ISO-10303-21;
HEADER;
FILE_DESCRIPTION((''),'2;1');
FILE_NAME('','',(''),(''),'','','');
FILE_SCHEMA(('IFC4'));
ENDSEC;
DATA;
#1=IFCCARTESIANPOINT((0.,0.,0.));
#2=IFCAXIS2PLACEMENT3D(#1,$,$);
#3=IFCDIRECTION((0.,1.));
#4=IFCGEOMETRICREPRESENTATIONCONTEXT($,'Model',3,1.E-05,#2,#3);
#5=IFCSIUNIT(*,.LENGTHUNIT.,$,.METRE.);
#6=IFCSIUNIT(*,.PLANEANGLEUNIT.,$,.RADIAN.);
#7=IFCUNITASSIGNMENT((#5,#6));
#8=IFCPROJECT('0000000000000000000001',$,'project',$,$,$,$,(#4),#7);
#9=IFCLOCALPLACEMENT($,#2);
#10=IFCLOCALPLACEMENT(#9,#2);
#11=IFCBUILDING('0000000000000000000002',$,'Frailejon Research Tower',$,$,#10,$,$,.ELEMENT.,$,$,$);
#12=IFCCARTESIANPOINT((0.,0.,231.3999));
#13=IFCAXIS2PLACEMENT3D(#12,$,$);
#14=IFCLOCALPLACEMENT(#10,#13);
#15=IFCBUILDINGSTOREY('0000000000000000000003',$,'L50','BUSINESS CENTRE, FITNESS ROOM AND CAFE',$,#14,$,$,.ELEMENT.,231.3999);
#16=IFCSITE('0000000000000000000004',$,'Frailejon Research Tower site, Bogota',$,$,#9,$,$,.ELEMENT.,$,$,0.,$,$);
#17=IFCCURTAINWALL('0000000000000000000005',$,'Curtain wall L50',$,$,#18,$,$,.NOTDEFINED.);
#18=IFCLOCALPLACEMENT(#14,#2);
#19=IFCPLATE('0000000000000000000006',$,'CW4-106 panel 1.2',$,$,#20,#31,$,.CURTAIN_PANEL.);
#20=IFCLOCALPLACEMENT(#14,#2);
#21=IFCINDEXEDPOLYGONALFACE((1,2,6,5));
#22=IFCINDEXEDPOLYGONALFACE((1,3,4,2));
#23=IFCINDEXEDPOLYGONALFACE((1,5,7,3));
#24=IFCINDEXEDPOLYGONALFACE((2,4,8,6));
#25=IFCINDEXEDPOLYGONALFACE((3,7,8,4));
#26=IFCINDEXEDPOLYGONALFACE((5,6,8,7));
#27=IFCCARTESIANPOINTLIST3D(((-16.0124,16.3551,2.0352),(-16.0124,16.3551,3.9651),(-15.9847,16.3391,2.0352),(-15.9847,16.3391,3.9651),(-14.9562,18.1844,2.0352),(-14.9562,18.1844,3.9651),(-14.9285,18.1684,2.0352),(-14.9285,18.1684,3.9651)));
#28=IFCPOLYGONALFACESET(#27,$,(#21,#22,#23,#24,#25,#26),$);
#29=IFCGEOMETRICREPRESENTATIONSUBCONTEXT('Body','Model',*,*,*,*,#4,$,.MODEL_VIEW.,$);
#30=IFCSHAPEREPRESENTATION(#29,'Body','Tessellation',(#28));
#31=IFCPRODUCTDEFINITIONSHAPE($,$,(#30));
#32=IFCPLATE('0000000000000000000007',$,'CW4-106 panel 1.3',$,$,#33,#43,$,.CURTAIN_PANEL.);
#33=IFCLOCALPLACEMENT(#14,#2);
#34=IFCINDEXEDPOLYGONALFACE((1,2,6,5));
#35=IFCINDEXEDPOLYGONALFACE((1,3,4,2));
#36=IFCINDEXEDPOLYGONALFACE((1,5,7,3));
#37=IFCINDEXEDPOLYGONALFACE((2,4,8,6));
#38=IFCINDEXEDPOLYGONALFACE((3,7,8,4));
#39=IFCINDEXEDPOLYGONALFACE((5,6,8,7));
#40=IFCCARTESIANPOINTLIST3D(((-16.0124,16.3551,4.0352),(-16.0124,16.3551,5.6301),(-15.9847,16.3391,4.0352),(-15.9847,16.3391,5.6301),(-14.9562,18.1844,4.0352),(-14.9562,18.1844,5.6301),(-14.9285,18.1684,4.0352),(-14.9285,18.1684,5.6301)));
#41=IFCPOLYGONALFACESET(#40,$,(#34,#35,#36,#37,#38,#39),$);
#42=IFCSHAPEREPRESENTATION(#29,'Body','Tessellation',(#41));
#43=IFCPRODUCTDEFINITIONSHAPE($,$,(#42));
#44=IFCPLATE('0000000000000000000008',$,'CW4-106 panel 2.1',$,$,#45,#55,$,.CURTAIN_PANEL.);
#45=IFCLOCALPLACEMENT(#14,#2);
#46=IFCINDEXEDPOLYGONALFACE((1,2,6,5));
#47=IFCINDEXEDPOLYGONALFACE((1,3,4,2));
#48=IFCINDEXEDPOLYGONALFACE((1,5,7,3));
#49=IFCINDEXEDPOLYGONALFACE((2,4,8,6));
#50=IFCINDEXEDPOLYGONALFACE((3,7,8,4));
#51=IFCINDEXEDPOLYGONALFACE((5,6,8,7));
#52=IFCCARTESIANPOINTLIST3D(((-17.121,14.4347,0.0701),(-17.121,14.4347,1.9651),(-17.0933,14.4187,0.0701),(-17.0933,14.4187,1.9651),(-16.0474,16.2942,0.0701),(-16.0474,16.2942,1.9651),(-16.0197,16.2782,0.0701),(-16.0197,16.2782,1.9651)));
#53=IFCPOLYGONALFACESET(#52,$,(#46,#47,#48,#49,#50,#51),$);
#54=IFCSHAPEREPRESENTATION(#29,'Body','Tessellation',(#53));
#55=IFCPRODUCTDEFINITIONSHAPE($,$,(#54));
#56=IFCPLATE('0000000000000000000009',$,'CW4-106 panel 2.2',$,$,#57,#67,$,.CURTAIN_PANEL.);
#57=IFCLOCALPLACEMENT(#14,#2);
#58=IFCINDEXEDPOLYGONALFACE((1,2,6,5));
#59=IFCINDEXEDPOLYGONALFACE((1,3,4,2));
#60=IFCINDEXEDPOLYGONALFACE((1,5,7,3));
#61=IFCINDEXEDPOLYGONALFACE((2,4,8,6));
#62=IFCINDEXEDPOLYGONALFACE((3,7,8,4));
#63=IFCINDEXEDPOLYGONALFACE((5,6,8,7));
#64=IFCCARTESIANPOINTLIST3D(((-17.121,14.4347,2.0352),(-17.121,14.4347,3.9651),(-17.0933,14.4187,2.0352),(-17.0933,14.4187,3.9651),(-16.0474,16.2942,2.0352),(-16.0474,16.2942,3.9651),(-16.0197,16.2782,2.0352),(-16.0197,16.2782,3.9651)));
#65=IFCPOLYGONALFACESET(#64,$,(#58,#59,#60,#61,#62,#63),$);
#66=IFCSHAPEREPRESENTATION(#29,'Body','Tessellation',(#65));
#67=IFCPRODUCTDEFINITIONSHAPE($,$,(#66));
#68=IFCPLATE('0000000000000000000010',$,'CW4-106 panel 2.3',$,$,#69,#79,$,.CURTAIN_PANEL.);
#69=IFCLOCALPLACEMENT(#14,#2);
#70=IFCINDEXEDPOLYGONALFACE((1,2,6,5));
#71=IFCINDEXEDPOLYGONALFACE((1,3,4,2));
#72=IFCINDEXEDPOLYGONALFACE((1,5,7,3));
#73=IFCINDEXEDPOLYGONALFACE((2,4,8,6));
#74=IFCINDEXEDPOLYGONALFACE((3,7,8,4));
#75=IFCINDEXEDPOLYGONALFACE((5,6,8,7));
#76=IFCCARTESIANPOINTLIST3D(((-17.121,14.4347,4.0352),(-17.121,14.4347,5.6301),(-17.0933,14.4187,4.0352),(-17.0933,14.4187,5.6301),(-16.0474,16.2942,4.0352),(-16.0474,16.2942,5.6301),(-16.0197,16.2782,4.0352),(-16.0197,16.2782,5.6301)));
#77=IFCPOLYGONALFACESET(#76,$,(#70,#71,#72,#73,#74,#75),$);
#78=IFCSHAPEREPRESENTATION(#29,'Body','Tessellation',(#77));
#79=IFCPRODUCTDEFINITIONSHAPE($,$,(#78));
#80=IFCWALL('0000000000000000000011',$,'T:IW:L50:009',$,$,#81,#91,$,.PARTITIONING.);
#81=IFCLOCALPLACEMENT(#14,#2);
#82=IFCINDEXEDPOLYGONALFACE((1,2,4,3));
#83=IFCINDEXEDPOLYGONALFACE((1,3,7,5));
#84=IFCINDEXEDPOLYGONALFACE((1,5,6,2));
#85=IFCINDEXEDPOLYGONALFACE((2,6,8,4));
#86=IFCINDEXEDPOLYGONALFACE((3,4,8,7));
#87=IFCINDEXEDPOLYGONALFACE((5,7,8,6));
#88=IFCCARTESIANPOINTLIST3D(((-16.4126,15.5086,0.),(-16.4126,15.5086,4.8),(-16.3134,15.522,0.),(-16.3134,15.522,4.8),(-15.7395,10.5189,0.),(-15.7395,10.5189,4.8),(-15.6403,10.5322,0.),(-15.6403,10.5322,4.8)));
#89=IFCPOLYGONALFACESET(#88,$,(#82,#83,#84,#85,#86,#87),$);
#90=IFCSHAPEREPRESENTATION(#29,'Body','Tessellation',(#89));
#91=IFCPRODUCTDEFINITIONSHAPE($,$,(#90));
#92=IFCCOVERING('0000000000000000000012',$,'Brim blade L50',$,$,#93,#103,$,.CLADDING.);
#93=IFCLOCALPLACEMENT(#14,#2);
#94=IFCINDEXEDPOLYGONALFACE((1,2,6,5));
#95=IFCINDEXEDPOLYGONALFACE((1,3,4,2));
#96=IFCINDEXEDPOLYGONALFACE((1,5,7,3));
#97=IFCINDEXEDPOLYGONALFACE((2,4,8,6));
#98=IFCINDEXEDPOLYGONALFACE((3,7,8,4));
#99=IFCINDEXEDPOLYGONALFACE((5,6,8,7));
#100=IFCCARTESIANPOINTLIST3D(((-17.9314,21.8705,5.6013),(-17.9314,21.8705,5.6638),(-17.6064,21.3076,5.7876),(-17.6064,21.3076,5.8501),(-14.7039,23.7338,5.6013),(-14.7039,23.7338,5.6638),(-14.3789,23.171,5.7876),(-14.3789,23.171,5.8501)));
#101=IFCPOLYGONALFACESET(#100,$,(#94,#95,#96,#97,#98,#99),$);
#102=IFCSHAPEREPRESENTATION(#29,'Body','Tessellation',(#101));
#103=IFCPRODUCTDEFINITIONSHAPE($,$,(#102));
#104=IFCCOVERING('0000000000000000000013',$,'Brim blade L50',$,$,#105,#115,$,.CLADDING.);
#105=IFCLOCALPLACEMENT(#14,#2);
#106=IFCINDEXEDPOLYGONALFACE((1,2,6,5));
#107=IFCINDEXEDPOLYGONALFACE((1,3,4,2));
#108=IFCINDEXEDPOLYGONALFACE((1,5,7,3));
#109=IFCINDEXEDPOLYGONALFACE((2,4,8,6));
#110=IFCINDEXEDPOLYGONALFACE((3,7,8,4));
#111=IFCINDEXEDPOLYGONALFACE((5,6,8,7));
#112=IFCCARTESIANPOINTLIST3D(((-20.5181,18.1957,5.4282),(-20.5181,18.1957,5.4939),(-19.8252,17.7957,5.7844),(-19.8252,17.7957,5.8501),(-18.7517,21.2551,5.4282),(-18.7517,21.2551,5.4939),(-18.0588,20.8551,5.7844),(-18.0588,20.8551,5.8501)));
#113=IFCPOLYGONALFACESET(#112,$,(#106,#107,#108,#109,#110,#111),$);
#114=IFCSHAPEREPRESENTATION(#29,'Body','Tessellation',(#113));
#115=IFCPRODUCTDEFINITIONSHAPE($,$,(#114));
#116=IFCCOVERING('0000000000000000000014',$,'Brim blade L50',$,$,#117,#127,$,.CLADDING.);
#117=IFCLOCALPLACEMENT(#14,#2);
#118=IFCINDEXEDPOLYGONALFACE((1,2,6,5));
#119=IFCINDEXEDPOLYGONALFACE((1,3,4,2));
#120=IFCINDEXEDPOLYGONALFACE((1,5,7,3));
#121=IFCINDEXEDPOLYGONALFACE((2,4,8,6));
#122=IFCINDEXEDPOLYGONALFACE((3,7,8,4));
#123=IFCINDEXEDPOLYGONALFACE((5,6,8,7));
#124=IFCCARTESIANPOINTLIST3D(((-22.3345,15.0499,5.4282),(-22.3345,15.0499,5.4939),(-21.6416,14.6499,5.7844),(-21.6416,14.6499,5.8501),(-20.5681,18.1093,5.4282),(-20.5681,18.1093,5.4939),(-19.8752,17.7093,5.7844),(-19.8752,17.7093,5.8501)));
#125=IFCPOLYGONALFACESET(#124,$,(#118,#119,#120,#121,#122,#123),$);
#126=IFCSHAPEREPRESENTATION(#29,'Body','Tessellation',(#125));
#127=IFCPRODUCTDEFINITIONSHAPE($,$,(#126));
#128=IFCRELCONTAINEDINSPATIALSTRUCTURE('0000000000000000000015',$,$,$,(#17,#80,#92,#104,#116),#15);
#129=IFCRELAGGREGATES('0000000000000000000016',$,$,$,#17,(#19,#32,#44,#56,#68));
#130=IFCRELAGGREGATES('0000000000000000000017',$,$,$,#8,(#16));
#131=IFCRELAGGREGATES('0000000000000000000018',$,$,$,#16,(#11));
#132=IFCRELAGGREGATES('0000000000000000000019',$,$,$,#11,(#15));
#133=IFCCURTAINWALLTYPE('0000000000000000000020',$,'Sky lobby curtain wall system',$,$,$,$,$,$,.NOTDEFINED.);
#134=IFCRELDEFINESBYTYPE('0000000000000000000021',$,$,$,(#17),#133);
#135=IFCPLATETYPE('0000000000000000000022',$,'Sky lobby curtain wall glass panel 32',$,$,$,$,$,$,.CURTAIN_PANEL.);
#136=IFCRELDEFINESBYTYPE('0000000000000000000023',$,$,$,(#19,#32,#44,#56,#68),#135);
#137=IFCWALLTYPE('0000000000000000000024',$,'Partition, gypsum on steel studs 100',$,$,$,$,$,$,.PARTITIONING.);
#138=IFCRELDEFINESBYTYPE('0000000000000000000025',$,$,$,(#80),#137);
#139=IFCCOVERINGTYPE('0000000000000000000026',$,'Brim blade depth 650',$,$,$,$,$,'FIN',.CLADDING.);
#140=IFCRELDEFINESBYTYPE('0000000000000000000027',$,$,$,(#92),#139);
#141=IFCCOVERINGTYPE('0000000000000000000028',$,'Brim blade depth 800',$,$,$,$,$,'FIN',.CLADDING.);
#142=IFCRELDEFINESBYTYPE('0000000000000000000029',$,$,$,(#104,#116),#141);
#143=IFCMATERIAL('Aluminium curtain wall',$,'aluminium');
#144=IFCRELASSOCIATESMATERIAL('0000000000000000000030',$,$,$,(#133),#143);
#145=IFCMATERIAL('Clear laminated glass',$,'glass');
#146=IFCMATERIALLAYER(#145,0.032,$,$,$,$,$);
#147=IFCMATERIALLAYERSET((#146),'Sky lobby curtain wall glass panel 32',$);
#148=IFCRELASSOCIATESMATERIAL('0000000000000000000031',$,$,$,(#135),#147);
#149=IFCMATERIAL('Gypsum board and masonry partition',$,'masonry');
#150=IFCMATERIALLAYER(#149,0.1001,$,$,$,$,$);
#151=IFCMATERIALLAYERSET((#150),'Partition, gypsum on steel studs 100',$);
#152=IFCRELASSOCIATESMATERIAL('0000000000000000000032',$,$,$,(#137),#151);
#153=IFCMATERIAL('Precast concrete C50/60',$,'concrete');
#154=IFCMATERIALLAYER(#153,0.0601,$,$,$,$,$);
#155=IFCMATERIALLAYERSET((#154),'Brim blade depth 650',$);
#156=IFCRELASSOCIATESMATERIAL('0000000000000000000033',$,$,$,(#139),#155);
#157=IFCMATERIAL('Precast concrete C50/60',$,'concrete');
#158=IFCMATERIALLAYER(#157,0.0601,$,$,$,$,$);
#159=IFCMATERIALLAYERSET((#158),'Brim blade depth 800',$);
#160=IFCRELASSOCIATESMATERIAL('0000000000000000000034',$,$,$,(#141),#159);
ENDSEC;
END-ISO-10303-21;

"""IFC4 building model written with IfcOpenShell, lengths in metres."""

from ifc_helpers import new_model, si_unit, direction, frame, frame_2d, origin, origin_2d, place, context, subcontext, project, spatial, polyline, rectangle, outline, extrude, material, layer, layer_set, type_object, element, aggregate, save


model = new_model("IFC4")

# Units and contexts
model_context = context("Model", 3, precision=1e-05, world=origin(), true_north=direction((0.0, 1.0)))
body_context = subcontext(model_context, "Body", "Model", "MODEL_VIEW")
ifc_project = project(units=[si_unit("LENGTHUNIT", "METRE"), si_unit("PLANEANGLEUNIT", "RADIAN")], contexts=[model_context])

# Site, building, storey
site_placement = place(None, origin())
site = spatial("IfcSite", under=ifc_project, at=site_placement, Name="Frailejon Research Tower site, Bogota", CompositionType="ELEMENT", RefElevation=0.0)
building_placement = place(site_placement, origin())
building = spatial("IfcBuilding", under=site, at=building_placement, Name="Frailejon Research Tower", CompositionType="ELEMENT")
storey_placement = place(building_placement, frame((0.0, 0.0, 231.3999)))
storey = spatial("IfcBuildingStorey", under=building, at=storey_placement, Name="L50", Description="BUSINESS CENTRE, FITNESS ROOM AND CAFE", CompositionType="ELEMENT", Elevation=231.3999)

# Curtain wall
ifc_material_1 = material(Name="Aluminium curtain wall", Category="aluminium")
curtain_wall_type = type_object("IfcCurtainWallType", Name="Sky lobby curtain wall system", PredefinedType="NOTDEFINED", material=ifc_material_1)
curtain_wall_placement = place(storey_placement, origin())
curtain_wall = element("IfcCurtainWall", 1, at=curtain_wall_placement, inside=storey, type_object=curtain_wall_type, Name="Curtain wall L50", PredefinedType="NOTDEFINED")

# Plates
ifc_material_2 = material(Name="Clear laminated glass", Category="glass")
ifc_layer_1 = layer(ifc_material_2, 0.032)
ifc_layer_set_1 = layer_set([ifc_layer_1], Name="Sky lobby curtain wall glass panel 32")
plate_type = type_object("IfcPlateType", Name="Sky lobby curtain wall glass panel 32", PredefinedType="CURTAIN_PANEL", material=ifc_layer_set_1)
plate_1_placement = place(storey_placement, frame((-15.4705, 17.2617, 2.0352), z_axis=(0.0, 0.0, 1.0), x_axis=(-0.5, -0.866025, 0.0)))
plate_1 = element("IfcPlate", 2, at=plate_1_placement, type_object=plate_type, Name="CW4-106 panel 1.2", PredefinedType="CURTAIN_PANEL", context=body_context, shape_type="SweptSolid", body=[
    extrude(rectangle(XDim=2.1123, YDim=0.032, at=origin_2d()), origin(), (0.0, 0.0, 1.0), 1.9299),
])
plate_2_placement = place(storey_placement, frame((-15.4705, 17.2617, 4.0352), z_axis=(0.0, 0.0, 1.0), x_axis=(-0.5, -0.866025, 0.0)))
plate_2 = element("IfcPlate", 3, at=plate_2_placement, type_object=plate_type, Name="CW4-106 panel 1.3", PredefinedType="CURTAIN_PANEL", context=body_context, shape_type="SweptSolid", body=[
    extrude(rectangle(XDim=2.1123, YDim=0.032, at=origin_2d()), origin(), (0.0, 0.0, 1.0), 1.595),
])
plate_3_placement = place(storey_placement, frame((-16.5703, 15.3564, 0.0701), z_axis=(0.0, 0.0, 1.0), x_axis=(-0.5, -0.866025, 0.0)))
plate_3 = element("IfcPlate", 4, at=plate_3_placement, type_object=plate_type, Name="CW4-106 panel 2.1", PredefinedType="CURTAIN_PANEL", context=body_context, shape_type="SweptSolid", body=[
    extrude(rectangle(XDim=2.1472, YDim=0.032, at=origin_2d()), origin(), (0.0, 0.0, 1.0), 1.895),
])
plate_4_placement = place(storey_placement, frame((-16.5703, 15.3564, 2.0352), z_axis=(0.0, 0.0, 1.0), x_axis=(-0.5, -0.866025, 0.0)))
plate_4 = element("IfcPlate", 5, at=plate_4_placement, type_object=plate_type, Name="CW4-106 panel 2.2", PredefinedType="CURTAIN_PANEL", context=body_context, shape_type="SweptSolid", body=[
    extrude(rectangle(XDim=2.1472, YDim=0.032, at=origin_2d()), origin(), (0.0, 0.0, 1.0), 1.9299),
])
plate_5_placement = place(storey_placement, frame((-16.5703, 15.3564, 4.0352), z_axis=(0.0, 0.0, 1.0), x_axis=(-0.5, -0.866025, 0.0)))
plate_5 = element("IfcPlate", 6, at=plate_5_placement, type_object=plate_type, Name="CW4-106 panel 2.3", PredefinedType="CURTAIN_PANEL", context=body_context, shape_type="SweptSolid", body=[
    extrude(rectangle(XDim=2.1472, YDim=0.032, at=origin_2d()), origin(), (0.0, 0.0, 1.0), 1.595),
])
aggregate(curtain_wall, [plate_1, plate_2, plate_3, plate_4, plate_5])

# Wall
ifc_material_3 = material(Name="Gypsum board and masonry partition", Category="masonry")
ifc_layer_2 = layer(ifc_material_3, 0.1001)
ifc_layer_set_2 = layer_set([ifc_layer_2], Name="Partition, gypsum on steel studs 100")
wall_type = type_object("IfcWallType", Name="Partition, gypsum on steel studs 100", PredefinedType="PARTITIONING", material=ifc_layer_set_2)
wall_placement = place(storey_placement, frame((-16.363, 15.5154, 0.0), z_axis=(0.0, 0.0, 1.0), x_axis=(0.133685, -0.991024, 0.0)))
element("IfcWall", 7, at=wall_placement, inside=storey, type_object=wall_type, Name="T:IW:L50:009", PredefinedType="PARTITIONING", context=body_context, shape_type="SweptSolid", body=[
    extrude(rectangle(XDim=5.0349, YDim=0.1001, at=frame_2d((2.5176, 0.0))), origin(), (0.0, 0.0, 1.0), 4.8),
])

# Coverings
ifc_material_4 = material(Name="Precast concrete C50/60", Category="concrete")
ifc_layer_3 = layer(ifc_material_4, 0.0601)
ifc_layer_set_3 = layer_set([ifc_layer_3], Name="Brim blade depth 650")
covering_type_1 = type_object("IfcCoveringType", Name="Brim blade depth 650", ElementType="FIN", PredefinedType="CLADDING", material=ifc_layer_set_3)
covering_placement = place(storey_placement, frame((-17.6064, 21.3076, 5.8501), z_axis=(0.86603, 0.499992, 0.0), x_axis=(-0.499992, 0.86603, 0.0)))
element("IfcCovering", 8, at=covering_placement, inside=storey, type_object=covering_type_1, Name="Brim blade L50", PredefinedType="CLADDING", context=body_context, shape_type="SweptSolid", body=[
    extrude(outline(polyline([(0.0, -0.0625), (0.6499, -0.2488), (0.6499, -0.1863), (0.0, 0.0), (0.0, -0.0625)])), origin(), (0.0, 0.0, 1.0), 3.7268),
])
ifc_material_5 = material(Name="Precast concrete C50/60", Category="concrete")
ifc_layer_4 = layer(ifc_material_5, 0.0601)
ifc_layer_set_4 = layer_set([ifc_layer_4], Name="Brim blade depth 800")
covering_type_2 = type_object("IfcCoveringType", Name="Brim blade depth 800", ElementType="FIN", PredefinedType="CLADDING", material=ifc_layer_set_4)
for number, where, z_axis, x_axis, name in (
    (9, (-19.8252, 17.7957, 5.8501), (0.500003, 0.866024, 0.0), (-0.866024, 0.500003, 0.0), "Brim blade L50"),
    (10, (-21.6416, 14.6499, 5.8501), (0.500003, 0.866024, 0.0), (-0.866024, 0.500003, 0.0), "Brim blade L50"),
):
    element("IfcCovering", number, at=place(storey_placement, frame(where, z_axis=z_axis, x_axis=x_axis)), inside=storey, type_object=covering_type_2, Name=name, PredefinedType="CLADDING", context=body_context, shape_type="SweptSolid", body=[
        extrude(outline(polyline([(0.0, -0.0657), (0.8, -0.4219), (0.8, -0.3562), (0.0, 0.0), (0.0, -0.0657)])), origin(), (0.0, 0.0, 1.0), 3.5327),
    ])

save(model, "model.ifc")
